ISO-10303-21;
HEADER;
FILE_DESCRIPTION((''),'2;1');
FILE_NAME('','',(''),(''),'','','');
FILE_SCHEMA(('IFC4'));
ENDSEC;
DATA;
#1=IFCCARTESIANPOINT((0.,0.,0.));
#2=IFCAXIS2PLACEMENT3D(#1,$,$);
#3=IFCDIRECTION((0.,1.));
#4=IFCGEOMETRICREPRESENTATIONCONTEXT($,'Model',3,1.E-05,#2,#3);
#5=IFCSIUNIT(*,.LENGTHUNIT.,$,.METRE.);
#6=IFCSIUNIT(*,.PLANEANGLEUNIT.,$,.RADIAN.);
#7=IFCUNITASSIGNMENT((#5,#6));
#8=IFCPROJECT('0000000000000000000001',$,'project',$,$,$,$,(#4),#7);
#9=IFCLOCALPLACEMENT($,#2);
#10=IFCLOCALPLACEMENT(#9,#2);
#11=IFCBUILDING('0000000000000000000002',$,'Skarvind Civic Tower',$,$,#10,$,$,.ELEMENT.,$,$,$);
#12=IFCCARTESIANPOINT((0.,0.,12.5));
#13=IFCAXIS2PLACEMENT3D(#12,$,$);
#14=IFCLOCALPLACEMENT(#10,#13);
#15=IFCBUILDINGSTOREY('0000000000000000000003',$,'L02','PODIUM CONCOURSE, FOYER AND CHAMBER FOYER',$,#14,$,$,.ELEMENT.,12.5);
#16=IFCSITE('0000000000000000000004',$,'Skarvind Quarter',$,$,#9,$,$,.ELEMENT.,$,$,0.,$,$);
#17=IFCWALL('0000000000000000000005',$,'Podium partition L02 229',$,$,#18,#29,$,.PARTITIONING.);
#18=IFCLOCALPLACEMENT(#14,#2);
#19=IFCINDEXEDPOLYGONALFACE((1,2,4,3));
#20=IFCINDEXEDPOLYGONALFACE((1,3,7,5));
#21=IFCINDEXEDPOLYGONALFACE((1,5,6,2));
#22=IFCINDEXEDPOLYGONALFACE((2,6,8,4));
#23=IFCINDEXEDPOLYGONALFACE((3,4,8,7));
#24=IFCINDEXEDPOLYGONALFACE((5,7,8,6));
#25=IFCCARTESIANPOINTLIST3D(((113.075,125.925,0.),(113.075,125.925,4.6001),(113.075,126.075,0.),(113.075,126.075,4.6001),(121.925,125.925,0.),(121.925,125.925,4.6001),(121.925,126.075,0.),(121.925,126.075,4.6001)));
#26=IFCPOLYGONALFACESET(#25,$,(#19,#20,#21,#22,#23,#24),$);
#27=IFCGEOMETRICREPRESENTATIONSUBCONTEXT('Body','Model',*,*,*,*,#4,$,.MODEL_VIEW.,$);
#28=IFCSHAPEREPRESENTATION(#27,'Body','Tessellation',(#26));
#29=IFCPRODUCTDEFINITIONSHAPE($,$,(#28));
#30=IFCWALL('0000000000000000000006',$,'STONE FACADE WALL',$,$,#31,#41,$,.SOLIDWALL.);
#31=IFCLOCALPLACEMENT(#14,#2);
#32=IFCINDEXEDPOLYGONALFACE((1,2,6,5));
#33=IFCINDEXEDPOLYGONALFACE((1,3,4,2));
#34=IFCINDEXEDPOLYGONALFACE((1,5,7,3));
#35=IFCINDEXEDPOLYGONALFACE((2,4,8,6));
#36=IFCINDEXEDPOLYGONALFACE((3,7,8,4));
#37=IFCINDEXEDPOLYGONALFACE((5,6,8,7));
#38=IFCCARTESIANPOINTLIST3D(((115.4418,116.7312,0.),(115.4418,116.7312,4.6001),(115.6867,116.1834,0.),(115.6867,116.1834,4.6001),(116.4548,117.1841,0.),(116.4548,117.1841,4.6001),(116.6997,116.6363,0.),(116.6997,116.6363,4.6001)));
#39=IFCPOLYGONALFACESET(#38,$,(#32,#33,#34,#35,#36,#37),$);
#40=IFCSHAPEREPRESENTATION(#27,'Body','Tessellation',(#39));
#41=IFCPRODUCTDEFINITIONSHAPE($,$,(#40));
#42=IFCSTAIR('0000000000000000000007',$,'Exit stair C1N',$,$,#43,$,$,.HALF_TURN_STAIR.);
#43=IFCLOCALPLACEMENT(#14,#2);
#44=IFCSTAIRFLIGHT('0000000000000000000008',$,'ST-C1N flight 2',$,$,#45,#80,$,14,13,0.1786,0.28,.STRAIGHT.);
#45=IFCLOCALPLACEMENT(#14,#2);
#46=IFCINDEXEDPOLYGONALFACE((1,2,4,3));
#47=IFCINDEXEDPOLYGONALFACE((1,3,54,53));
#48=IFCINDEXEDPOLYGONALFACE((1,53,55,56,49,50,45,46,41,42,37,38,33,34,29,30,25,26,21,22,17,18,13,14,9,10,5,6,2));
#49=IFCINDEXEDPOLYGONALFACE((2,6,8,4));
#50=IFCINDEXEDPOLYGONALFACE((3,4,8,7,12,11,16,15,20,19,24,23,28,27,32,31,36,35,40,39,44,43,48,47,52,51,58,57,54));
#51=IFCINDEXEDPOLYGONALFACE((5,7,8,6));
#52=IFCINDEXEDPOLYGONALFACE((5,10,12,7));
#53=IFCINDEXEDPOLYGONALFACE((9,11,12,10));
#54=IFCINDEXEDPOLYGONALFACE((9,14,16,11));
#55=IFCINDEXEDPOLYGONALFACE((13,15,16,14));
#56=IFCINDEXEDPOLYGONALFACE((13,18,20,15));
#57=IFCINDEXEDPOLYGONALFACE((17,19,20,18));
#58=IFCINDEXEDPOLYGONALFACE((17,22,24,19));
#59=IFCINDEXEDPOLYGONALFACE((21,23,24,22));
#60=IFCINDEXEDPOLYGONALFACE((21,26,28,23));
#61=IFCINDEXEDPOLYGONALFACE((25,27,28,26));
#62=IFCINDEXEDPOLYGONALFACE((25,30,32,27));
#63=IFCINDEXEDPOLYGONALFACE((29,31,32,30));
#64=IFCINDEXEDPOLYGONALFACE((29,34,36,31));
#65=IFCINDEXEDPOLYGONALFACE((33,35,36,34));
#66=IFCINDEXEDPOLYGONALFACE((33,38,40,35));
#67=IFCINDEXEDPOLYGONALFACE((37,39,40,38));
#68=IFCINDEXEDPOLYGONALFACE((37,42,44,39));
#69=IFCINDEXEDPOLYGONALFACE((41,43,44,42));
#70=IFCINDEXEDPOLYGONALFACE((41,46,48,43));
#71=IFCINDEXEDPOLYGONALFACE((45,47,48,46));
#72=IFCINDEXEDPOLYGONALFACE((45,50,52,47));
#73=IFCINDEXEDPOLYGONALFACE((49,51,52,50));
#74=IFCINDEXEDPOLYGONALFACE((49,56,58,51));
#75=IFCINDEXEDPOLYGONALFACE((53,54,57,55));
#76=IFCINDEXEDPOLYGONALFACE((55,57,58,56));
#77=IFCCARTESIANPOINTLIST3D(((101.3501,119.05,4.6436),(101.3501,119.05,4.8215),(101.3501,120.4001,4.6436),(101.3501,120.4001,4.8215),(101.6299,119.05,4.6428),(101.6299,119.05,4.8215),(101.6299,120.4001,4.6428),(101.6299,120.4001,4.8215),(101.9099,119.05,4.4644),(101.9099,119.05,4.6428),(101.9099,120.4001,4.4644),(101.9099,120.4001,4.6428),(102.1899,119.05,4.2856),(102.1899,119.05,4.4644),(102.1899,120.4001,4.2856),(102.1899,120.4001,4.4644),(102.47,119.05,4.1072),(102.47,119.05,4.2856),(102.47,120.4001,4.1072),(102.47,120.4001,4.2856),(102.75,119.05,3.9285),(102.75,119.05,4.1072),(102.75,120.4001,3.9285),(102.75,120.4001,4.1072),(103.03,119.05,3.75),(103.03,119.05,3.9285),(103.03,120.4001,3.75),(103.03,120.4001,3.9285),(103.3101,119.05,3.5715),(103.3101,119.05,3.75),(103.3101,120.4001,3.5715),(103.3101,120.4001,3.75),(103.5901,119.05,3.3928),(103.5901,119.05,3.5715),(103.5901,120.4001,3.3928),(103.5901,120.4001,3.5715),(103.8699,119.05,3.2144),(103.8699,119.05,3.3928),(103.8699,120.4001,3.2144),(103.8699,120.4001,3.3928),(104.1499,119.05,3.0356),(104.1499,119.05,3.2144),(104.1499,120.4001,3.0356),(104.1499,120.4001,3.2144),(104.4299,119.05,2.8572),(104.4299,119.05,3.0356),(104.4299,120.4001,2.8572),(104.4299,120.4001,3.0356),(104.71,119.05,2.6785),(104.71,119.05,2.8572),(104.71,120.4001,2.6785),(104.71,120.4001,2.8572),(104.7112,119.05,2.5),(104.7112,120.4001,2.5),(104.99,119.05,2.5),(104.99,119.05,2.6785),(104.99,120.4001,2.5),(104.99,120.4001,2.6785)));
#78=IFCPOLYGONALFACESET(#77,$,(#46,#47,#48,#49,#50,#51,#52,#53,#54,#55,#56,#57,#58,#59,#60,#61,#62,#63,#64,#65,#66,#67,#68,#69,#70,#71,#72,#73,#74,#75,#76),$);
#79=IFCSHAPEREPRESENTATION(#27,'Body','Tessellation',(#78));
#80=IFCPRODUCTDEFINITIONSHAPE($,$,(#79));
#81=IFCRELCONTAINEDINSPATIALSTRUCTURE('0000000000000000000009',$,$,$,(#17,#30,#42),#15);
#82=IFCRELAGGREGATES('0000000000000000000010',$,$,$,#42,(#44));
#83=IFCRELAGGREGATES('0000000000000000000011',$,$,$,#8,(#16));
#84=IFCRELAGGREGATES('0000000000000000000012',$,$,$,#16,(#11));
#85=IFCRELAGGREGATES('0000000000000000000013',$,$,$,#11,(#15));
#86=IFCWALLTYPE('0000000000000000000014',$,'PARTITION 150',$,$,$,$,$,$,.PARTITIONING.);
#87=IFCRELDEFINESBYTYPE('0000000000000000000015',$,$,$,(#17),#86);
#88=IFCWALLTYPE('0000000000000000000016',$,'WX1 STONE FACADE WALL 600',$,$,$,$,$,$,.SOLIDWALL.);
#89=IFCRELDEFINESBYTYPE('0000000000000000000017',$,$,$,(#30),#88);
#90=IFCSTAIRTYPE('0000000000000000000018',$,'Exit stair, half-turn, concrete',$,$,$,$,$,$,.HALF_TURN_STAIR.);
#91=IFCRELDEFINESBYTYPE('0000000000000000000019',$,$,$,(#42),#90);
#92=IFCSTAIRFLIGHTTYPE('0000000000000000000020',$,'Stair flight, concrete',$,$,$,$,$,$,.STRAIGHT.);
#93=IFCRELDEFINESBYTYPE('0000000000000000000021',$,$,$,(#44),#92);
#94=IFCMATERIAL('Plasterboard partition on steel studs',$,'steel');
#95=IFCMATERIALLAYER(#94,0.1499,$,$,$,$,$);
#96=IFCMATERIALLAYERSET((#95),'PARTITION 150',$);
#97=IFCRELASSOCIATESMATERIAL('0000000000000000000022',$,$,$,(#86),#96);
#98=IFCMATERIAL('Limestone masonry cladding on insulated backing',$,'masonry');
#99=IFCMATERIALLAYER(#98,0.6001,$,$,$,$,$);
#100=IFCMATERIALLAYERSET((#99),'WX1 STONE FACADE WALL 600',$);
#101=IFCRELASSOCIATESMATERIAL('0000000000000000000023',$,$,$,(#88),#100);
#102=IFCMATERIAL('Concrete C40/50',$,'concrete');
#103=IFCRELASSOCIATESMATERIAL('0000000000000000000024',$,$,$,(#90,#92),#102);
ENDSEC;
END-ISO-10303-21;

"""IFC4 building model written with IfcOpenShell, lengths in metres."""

from ifc_helpers import new_model, si_unit, direction, frame, frame_2d, origin, place, context, subcontext, project, spatial, polyline, rectangle, outline, extrude, material, layer, layer_set, type_object, element, aggregate, save


model = new_model("IFC4")

# Units and contexts
model_context = context("Model", 3, precision=1e-05, world=origin(), true_north=direction((0.0, 1.0)))
body_context = subcontext(model_context, "Body", "Model", "MODEL_VIEW")
ifc_project = project(units=[si_unit("LENGTHUNIT", "METRE"), si_unit("PLANEANGLEUNIT", "RADIAN")], contexts=[model_context])

# Site, building, storey
site_placement = place(None, origin())
site = spatial("IfcSite", under=ifc_project, at=site_placement, Name="Skarvind Quarter", CompositionType="ELEMENT", RefElevation=0.0)
building_placement = place(site_placement, origin())
building = spatial("IfcBuilding", under=site, at=building_placement, Name="Skarvind Civic Tower", CompositionType="ELEMENT")
storey_placement = place(building_placement, frame((0.0, 0.0, 12.5)))
storey = spatial("IfcBuildingStorey", under=building, at=storey_placement, Name="L02", Description="PODIUM CONCOURSE, FOYER AND CHAMBER FOYER", CompositionType="ELEMENT", Elevation=12.5)

# Walls
ifc_material_1 = material(Name="Plasterboard partition on steel studs", Category="steel")
ifc_layer_1 = layer(ifc_material_1, 0.1499)
ifc_layer_set_1 = layer_set([ifc_layer_1], Name="PARTITION 150")
wall_type_1 = type_object("IfcWallType", Name="PARTITION 150", PredefinedType="PARTITIONING", material=ifc_layer_set_1)
wall_1_placement = place(storey_placement, frame((113.075, 126.0, 0.0), z_axis=(0.0, 0.0, 1.0), x_axis=(1.0, 0.0, 0.0)))
element("IfcWall", 1, at=wall_1_placement, inside=storey, type_object=wall_type_1, Name="Podium partition L02 229", PredefinedType="PARTITIONING", context=body_context, shape_type="SweptSolid", body=[
    extrude(rectangle(XDim=8.8501, YDim=0.1499, at=frame_2d((4.425, 0.0))), origin(), (0.0, 0.0, 1.0), 4.6001),
])
ifc_material_2 = material(Name="Limestone masonry cladding on insulated backing", Category="masonry")
ifc_layer_2 = layer(ifc_material_2, 0.6001)
ifc_layer_set_2 = layer_set([ifc_layer_2], Name="WX1 STONE FACADE WALL 600")
wall_type_2 = type_object("IfcWallType", Name="WX1 STONE FACADE WALL 600", PredefinedType="SOLIDWALL", material=ifc_layer_set_2)
wall_2_placement = place(storey_placement, frame((116.5771, 116.9102, 0.0), z_axis=(0.0, 0.0, 1.0), x_axis=(-0.912911, -0.408159, 0.0)))
element("IfcWall", 2, at=wall_2_placement, inside=storey, type_object=wall_type_2, Name="STONE FACADE WALL", PredefinedType="SOLIDWALL", context=body_context, shape_type="SweptSolid", body=[
    extrude(rectangle(XDim=1.1096, YDim=0.6001, at=frame_2d((0.5547, 0.0))), origin(), (0.0, 0.0, 1.0), 4.6001),
])

# Stair, stair flight
ifc_material_3 = material(Name="Concrete C40/50", Category="concrete")
stair_type = type_object("IfcStairType", Name="Exit stair, half-turn, concrete", PredefinedType="HALF_TURN_STAIR", material=ifc_material_3)
stair_placement = place(storey_placement, origin())
stair = element("IfcStair", 3, at=stair_placement, inside=storey, type_object=stair_type, Name="Exit stair C1N", PredefinedType="HALF_TURN_STAIR")
stair_flight_type = type_object("IfcStairFlightType", Name="Stair flight, concrete", PredefinedType="STRAIGHT", material=ifc_material_3)
stair_flight_placement = place(storey_placement, frame((104.99, 119.7251, 2.5), z_axis=(0.0, 0.0, 1.0), x_axis=(-1.0, 0.0, 0.0)))
stair_flight = element("IfcStairFlight", 4, at=stair_flight_placement, type_object=stair_flight_type, Name="ST-C1N flight 2", NumberOfRisers=14, NumberOfTreads=13, PredefinedType="STRAIGHT", RiserHeight=0.1786, TreadLength=0.28, context=body_context, shape_type="SweptSolid", body=[
    extrude(outline(polyline([(0.0, 0.0), (0.0, 0.1785), (0.28, 0.1785), (0.28, 0.3572), (0.5601, 0.3572), (0.5601, 0.5356), (0.8401, 0.5356), (0.8401, 0.7144), (1.1201, 0.7144), (1.1201, 0.8928), (1.3999, 0.8928), (1.3999, 1.0715), (1.6799, 1.0715), (1.6799, 1.25), (1.96, 1.25), (1.96, 1.4285), (2.24, 1.4285), (2.24, 1.6072), (2.52, 1.6072), (2.52, 1.7856), (2.8, 1.7856), (2.8, 1.9644), (3.0801, 1.9644), (3.0801, 2.1428), (3.3601, 2.1428), (3.3601, 2.3215), (3.6399, 2.3215), (3.6399, 2.5), (3.6399, 2.1436), (0.2788, 0.0), (0.0, 0.0)])), frame((0.0, 0.675, 0.0), z_axis=(0.0, -1.0, 0.0), x_axis=(1.0, 0.0, 0.0)), (0.0, 0.0, 1.0), 1.3501),
])
aggregate(stair, [stair_flight])

save(model, "model.ifc")
